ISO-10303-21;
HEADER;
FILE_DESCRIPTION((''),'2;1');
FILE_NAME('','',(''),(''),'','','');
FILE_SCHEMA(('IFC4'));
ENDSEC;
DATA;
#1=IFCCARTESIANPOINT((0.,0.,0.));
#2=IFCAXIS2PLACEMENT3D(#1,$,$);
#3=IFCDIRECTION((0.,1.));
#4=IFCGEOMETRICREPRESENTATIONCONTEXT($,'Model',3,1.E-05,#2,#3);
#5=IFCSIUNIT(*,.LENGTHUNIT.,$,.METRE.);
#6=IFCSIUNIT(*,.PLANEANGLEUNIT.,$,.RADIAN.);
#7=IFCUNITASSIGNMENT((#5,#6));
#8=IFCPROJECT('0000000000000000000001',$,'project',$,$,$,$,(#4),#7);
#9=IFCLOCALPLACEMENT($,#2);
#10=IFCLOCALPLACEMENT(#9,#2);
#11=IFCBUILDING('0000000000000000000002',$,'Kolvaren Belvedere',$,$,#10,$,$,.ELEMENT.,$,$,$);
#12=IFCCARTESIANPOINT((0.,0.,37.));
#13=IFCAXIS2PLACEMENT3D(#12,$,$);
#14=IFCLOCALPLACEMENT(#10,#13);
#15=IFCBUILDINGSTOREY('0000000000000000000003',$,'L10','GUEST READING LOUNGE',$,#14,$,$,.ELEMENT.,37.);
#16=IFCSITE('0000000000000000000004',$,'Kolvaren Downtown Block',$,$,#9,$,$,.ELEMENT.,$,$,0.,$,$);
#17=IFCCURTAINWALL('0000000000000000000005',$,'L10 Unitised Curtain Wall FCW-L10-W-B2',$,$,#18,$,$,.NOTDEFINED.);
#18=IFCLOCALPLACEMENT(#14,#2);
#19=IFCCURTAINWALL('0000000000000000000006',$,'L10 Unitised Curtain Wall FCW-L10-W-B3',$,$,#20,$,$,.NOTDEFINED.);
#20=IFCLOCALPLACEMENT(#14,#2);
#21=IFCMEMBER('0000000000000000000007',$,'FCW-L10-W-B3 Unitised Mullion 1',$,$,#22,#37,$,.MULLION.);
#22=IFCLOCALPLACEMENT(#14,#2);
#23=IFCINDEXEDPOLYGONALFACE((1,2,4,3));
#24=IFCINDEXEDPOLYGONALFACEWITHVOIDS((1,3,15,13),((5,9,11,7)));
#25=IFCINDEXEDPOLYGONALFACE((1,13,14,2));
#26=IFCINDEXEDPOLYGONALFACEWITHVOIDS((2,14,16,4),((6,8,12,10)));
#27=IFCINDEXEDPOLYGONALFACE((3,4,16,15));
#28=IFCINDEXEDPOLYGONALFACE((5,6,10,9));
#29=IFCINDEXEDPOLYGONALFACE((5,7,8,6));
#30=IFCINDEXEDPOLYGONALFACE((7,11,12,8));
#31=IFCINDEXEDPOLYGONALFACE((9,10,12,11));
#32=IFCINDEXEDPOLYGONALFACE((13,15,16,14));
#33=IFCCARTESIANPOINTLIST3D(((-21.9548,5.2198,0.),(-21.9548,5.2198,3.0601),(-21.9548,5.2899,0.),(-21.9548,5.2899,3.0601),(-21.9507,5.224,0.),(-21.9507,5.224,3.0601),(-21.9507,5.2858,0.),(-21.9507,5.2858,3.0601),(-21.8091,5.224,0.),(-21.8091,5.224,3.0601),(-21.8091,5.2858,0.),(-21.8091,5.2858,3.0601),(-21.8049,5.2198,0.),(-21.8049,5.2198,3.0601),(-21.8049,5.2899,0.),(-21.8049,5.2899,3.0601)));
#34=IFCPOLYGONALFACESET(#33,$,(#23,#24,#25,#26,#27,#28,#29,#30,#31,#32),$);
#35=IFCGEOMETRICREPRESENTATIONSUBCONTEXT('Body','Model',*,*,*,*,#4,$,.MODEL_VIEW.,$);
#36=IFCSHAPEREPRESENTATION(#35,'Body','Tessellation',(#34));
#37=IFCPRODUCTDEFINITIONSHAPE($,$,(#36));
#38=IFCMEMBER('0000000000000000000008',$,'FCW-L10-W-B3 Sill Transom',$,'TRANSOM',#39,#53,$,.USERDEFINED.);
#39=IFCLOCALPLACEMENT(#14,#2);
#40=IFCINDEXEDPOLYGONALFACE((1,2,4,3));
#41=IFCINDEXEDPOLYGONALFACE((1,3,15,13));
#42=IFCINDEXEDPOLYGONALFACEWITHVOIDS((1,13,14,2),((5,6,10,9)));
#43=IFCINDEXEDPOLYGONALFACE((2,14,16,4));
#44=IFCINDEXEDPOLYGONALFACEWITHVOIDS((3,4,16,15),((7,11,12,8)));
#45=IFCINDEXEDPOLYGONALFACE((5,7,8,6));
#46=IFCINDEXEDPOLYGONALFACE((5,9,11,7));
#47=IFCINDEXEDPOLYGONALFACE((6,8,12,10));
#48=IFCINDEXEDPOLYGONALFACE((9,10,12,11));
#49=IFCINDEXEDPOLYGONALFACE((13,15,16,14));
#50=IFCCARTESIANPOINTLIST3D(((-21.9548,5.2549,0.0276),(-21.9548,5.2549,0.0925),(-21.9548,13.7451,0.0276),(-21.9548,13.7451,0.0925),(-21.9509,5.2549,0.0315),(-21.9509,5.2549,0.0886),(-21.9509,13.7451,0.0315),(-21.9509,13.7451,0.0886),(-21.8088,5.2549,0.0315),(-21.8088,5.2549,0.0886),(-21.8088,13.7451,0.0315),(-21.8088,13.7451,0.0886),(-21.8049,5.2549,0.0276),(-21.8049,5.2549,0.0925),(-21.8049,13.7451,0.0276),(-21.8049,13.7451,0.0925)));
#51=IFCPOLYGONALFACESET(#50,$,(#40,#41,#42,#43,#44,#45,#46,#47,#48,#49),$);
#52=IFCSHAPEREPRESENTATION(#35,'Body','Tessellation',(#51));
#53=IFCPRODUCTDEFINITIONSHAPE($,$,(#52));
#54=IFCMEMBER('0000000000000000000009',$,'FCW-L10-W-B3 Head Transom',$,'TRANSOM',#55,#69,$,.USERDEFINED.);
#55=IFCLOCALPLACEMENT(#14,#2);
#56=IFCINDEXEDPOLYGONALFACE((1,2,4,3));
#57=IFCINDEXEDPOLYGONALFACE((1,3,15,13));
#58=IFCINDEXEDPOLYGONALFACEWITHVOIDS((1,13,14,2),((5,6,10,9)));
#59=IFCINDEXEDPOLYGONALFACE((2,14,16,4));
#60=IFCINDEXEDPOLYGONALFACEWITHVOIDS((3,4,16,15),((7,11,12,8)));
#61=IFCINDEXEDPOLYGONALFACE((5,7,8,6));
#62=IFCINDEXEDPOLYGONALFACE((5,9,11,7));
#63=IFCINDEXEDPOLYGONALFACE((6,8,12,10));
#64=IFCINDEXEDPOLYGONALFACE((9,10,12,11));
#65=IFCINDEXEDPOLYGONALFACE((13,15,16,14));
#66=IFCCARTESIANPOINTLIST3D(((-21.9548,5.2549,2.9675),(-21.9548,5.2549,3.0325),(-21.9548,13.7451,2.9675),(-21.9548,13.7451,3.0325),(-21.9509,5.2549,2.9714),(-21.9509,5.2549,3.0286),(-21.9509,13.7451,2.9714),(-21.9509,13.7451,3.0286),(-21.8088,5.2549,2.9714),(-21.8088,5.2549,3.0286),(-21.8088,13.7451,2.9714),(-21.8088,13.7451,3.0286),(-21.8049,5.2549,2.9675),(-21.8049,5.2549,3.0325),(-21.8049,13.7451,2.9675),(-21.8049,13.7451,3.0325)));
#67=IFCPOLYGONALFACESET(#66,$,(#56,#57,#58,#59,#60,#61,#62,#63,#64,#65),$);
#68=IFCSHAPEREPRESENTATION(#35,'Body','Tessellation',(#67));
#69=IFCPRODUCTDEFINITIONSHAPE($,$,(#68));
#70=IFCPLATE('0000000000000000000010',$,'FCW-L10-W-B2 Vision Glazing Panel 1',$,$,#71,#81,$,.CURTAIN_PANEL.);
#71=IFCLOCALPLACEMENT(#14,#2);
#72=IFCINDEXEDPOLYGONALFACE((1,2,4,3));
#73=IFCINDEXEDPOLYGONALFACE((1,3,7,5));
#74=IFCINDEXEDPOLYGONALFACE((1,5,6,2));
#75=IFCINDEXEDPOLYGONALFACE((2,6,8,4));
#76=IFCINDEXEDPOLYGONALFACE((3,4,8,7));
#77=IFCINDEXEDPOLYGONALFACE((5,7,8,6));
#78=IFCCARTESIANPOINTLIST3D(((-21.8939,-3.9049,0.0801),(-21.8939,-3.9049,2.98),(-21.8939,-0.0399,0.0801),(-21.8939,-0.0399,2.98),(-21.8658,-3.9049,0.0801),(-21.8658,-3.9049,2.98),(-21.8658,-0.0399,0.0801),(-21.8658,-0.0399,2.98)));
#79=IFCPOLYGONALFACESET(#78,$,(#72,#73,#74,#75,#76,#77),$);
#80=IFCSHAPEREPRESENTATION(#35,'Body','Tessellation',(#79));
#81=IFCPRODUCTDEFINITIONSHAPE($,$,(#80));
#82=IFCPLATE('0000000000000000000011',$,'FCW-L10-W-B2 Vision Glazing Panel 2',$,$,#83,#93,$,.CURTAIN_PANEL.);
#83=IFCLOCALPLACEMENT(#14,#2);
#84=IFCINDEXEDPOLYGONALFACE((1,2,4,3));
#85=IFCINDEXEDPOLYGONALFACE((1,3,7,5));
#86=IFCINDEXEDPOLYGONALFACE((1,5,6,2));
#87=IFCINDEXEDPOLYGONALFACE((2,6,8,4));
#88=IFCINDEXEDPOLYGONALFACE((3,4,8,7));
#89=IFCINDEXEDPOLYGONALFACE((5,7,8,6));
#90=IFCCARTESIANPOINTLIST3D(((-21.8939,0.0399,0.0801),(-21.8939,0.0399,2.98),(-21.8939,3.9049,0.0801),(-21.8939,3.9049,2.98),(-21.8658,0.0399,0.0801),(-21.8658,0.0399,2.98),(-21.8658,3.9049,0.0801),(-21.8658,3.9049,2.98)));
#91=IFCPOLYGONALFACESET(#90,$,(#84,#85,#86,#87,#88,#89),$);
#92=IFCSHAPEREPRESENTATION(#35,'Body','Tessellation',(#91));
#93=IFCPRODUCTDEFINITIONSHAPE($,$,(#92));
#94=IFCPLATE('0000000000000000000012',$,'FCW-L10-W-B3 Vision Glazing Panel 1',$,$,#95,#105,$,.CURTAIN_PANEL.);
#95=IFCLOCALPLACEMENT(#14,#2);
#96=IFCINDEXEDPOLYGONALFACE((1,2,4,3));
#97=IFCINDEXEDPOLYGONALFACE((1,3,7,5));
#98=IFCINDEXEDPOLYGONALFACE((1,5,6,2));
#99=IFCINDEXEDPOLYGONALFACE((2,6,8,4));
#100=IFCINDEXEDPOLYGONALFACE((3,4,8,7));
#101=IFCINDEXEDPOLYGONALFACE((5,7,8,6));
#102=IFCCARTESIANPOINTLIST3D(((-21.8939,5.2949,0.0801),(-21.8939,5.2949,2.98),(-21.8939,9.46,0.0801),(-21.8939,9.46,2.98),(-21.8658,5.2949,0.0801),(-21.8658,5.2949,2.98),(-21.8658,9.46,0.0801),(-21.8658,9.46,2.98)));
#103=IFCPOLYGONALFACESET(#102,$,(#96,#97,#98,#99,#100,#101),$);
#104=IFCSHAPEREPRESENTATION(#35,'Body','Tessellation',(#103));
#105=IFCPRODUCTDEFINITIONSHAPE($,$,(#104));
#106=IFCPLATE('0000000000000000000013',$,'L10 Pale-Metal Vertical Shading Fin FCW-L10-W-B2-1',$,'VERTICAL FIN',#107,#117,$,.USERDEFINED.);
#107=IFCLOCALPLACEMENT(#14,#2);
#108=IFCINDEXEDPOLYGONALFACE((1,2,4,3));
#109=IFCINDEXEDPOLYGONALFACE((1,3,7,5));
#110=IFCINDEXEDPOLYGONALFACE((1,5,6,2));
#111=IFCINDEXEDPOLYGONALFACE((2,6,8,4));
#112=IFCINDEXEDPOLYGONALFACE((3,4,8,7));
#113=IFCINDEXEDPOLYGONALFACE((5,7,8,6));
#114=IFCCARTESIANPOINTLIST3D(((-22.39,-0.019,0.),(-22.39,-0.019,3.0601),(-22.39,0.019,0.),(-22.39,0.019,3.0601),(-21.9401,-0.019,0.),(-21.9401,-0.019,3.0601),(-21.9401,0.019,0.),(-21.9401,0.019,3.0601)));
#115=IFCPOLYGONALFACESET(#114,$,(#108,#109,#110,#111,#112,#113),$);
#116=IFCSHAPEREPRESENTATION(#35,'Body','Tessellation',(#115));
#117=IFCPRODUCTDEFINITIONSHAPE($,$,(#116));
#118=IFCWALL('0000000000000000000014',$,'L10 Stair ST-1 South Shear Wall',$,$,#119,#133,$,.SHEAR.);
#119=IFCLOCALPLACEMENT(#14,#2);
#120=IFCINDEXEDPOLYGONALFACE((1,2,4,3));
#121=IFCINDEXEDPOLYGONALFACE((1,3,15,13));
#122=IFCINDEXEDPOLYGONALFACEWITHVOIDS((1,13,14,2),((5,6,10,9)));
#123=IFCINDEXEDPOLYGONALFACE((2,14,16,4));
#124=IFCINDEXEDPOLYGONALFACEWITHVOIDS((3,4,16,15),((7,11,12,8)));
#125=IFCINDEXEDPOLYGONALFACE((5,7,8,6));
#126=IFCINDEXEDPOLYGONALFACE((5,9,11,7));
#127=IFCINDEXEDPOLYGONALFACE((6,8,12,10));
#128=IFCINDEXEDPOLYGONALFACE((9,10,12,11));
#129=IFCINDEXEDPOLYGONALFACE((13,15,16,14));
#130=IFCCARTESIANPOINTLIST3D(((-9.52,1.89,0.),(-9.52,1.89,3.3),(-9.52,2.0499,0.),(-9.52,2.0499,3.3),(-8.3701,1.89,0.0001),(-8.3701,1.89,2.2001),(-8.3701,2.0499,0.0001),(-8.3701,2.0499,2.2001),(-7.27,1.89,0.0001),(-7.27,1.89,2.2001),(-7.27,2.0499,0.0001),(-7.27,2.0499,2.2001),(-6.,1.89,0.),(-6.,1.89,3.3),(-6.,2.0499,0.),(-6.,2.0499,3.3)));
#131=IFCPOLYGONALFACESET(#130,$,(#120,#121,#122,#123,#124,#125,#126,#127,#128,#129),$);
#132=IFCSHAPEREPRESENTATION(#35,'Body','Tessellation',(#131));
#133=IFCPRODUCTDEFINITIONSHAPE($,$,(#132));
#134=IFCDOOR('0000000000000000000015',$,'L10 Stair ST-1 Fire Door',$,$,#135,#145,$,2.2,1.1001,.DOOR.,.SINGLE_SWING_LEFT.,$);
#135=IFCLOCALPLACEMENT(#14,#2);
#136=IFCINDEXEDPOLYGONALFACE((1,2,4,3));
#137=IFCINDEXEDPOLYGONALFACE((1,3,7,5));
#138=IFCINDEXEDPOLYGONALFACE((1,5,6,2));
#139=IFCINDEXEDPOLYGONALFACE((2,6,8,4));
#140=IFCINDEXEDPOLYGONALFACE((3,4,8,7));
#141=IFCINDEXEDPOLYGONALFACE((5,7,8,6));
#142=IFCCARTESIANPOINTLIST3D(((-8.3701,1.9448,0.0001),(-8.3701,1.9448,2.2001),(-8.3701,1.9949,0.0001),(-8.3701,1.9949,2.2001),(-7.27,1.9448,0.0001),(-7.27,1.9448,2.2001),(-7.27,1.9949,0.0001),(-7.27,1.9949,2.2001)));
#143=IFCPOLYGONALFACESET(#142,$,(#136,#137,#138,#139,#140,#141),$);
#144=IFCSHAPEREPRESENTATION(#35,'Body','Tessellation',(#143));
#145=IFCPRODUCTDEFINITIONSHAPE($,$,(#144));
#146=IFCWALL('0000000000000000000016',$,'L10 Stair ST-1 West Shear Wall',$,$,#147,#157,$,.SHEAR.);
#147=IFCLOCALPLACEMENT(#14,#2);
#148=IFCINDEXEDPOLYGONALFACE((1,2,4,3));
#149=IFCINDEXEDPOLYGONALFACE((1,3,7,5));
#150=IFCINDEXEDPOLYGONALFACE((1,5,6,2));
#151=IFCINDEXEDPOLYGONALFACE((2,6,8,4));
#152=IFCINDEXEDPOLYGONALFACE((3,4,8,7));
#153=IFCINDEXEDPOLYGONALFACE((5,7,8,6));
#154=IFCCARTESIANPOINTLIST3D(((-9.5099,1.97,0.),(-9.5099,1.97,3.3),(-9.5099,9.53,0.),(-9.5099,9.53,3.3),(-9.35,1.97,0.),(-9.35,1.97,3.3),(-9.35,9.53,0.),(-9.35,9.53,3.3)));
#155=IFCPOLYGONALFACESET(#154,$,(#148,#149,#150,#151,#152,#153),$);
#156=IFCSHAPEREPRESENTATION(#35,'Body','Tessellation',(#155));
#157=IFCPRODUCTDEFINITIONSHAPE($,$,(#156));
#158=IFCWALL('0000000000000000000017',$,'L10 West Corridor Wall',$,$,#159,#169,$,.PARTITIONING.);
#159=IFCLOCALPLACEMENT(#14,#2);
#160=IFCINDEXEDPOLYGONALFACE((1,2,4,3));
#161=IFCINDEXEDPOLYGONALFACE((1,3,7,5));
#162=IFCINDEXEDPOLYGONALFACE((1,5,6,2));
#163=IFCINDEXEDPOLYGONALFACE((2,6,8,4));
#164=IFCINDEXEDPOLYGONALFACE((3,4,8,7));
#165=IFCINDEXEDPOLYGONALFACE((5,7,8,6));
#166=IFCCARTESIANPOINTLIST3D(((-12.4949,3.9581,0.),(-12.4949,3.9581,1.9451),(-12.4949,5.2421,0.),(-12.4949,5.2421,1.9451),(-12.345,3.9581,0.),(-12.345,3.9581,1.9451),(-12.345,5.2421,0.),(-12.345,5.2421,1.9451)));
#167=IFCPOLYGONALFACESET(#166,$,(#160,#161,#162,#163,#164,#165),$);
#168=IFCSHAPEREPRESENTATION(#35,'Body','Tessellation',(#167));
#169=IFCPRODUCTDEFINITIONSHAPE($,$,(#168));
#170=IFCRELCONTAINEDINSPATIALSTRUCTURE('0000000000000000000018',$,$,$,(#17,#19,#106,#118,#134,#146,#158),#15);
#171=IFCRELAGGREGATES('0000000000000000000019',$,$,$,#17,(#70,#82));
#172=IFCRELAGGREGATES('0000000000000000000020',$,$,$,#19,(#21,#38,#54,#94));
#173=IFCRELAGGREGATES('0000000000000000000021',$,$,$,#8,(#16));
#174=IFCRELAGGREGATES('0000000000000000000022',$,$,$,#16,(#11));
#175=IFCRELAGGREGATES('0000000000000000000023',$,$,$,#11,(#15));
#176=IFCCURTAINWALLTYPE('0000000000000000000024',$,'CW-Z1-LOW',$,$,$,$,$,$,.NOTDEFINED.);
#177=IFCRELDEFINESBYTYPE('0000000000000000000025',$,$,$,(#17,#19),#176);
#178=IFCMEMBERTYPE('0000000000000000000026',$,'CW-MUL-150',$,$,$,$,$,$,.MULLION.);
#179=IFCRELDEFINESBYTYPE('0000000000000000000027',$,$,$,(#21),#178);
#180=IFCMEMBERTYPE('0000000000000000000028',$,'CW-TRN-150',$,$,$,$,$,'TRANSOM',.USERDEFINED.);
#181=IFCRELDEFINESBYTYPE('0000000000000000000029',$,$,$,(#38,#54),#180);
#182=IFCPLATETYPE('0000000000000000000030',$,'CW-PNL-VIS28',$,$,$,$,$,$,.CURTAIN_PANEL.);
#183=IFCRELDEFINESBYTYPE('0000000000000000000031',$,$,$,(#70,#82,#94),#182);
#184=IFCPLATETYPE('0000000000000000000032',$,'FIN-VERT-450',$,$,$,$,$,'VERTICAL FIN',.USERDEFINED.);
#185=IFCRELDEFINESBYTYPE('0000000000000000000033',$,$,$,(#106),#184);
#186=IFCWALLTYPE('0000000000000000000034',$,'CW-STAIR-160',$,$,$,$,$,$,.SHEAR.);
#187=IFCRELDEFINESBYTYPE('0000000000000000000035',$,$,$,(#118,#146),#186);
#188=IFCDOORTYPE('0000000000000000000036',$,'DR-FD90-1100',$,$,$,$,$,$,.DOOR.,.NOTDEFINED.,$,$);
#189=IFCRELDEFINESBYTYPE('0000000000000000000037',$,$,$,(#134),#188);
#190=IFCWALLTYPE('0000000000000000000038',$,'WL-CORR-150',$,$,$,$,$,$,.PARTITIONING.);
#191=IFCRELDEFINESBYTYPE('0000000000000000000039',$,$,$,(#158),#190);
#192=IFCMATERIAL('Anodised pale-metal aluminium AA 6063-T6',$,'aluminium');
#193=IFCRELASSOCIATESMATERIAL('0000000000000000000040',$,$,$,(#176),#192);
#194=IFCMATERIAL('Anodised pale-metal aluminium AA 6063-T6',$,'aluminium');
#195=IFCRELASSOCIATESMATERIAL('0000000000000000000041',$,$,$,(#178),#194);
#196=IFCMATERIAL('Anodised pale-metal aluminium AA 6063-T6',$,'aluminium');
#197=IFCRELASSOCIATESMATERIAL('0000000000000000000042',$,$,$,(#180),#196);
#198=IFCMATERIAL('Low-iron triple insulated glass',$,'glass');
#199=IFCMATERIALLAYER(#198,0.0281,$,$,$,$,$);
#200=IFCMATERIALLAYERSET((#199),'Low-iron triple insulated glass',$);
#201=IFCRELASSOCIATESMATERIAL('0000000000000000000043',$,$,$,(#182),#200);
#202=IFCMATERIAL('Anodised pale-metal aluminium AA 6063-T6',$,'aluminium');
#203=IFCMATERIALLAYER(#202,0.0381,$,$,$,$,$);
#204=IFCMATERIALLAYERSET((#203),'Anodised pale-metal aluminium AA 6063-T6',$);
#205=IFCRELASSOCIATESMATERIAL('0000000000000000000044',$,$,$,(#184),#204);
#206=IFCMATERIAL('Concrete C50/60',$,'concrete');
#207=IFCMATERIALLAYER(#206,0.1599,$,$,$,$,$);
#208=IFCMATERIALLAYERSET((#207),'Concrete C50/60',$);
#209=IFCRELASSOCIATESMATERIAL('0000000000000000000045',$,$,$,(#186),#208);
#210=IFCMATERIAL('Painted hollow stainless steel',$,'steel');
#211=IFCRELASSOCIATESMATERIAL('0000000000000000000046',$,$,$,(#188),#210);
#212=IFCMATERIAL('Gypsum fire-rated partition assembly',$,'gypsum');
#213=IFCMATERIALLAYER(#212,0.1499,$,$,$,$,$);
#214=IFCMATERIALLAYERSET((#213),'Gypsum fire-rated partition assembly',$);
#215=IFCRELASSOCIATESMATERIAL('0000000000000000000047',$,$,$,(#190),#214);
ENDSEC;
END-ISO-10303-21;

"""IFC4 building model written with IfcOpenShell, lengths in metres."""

from ifc_helpers import new_model, si_unit, direction, frame, frame_2d, origin, origin_2d, place, context, subcontext, project, spatial, rectangle, hollow_rectangle, extrude, material, layer, layer_set, material_profile, profile_set, type_object, element, fill, aggregate, save


model = new_model("IFC4")

# Units and contexts
model_context = context("Model", 3, precision=1e-05, world=origin(), true_north=direction((0.0, 1.0)))
body_context = subcontext(model_context, "Body", "Model", "MODEL_VIEW")
ifc_project = project(units=[si_unit("LENGTHUNIT", "METRE"), si_unit("PLANEANGLEUNIT", "RADIAN")], contexts=[model_context])

# Site, building, storey
site_placement = place(None, origin())
site = spatial("IfcSite", under=ifc_project, at=site_placement, Name="Kolvaren Downtown Block", CompositionType="ELEMENT", RefElevation=0.0)
building_placement = place(site_placement, origin())
building = spatial("IfcBuilding", under=site, at=building_placement, Name="Kolvaren Belvedere", CompositionType="ELEMENT")
storey_placement = place(building_placement, frame((0.0, 0.0, 37.0)))
storey = spatial("IfcBuildingStorey", under=building, at=storey_placement, Name="L10", Description="GUEST READING LOUNGE", CompositionType="ELEMENT", Elevation=37.0)

# Curtain walls, members
ifc_material_1 = material(Name="Anodised pale-metal aluminium AA 6063-T6", Category="aluminium")
curtain_wall_type = type_object("IfcCurtainWallType", Name="CW-Z1-LOW", PredefinedType="NOTDEFINED", material=ifc_material_1)
curtain_wall_1_placement = place(storey_placement, origin())
curtain_wall_1 = element("IfcCurtainWall", 1, at=curtain_wall_1_placement, inside=storey, type_object=curtain_wall_type, Name="L10 Unitised Curtain Wall FCW-L10-W-B2", PredefinedType="NOTDEFINED")
ifc_material_2 = material(Name="Anodised pale-metal aluminium AA 6063-T6", Category="aluminium")
ifc_material_profile_1 = material_profile(ifc_material_2, hollow_rectangle(XDim=0.0701, YDim=0.1499, WallThickness=0.0042, at=origin_2d()), Name="ALU-MUL-150X70")
ifc_profile_set_1 = profile_set([ifc_material_profile_1], Name="Anodised pale-metal aluminium AA 6063-T6")
member_type_1 = type_object("IfcMemberType", Name="CW-MUL-150", PredefinedType="MULLION", material=ifc_profile_set_1)
curtain_wall_2_placement = place(storey_placement, origin())
curtain_wall_2 = element("IfcCurtainWall", 2, at=curtain_wall_2_placement, inside=storey, type_object=curtain_wall_type, Name="L10 Unitised Curtain Wall FCW-L10-W-B3", PredefinedType="NOTDEFINED")
member_1_placement = place(storey_placement, frame((-21.8799, 5.2549, 0.0), z_axis=(0.0, 0.0, 1.0), x_axis=(0.0, 1.0, 0.0)))
member_1 = element("IfcMember", 3, at=member_1_placement, type_object=member_type_1, Name="FCW-L10-W-B3 Unitised Mullion 1", PredefinedType="MULLION", context=body_context, shape_type="SweptSolid", body=[
    extrude(hollow_rectangle(XDim=0.0701, YDim=0.1499, WallThickness=0.0042, at=origin_2d()), origin(), (0.0, 0.0, 1.0), 3.0601),
])
ifc_material_3 = material(Name="Anodised pale-metal aluminium AA 6063-T6", Category="aluminium")
ifc_material_profile_2 = material_profile(ifc_material_3, hollow_rectangle(XDim=0.0649, YDim=0.1499, WallThickness=0.0039, at=origin_2d()), Name="ALU-TRN-150X65")
ifc_profile_set_2 = profile_set([ifc_material_profile_2], Name="Anodised pale-metal aluminium AA 6063-T6")
member_type_2 = type_object("IfcMemberType", Name="CW-TRN-150", ElementType="TRANSOM", PredefinedType="USERDEFINED", material=ifc_profile_set_2)
member_2_placement = place(storey_placement, frame((-21.8799, 5.2549, 0.0601), z_axis=(0.0, 1.0, 0.0), x_axis=(0.0, 0.0, 1.0)))
member_2 = element("IfcMember", 4, at=member_2_placement, type_object=member_type_2, Name="FCW-L10-W-B3 Sill Transom", ObjectType="TRANSOM", PredefinedType="USERDEFINED", context=body_context, shape_type="SweptSolid", body=[
    extrude(hollow_rectangle(XDim=0.0649, YDim=0.1499, WallThickness=0.0039, at=origin_2d()), origin(), (0.0, 0.0, 1.0), 8.4902),
])
member_3_placement = place(storey_placement, frame((-21.8799, 5.2549, 3.0), z_axis=(0.0, 1.0, 0.0), x_axis=(0.0, 0.0, 1.0)))
member_3 = element("IfcMember", 5, at=member_3_placement, type_object=member_type_2, Name="FCW-L10-W-B3 Head Transom", ObjectType="TRANSOM", PredefinedType="USERDEFINED", context=body_context, shape_type="SweptSolid", body=[
    extrude(hollow_rectangle(XDim=0.0649, YDim=0.1499, WallThickness=0.0039, at=origin_2d()), origin(), (0.0, 0.0, 1.0), 8.4902),
])

# Plates
ifc_material_4 = material(Name="Low-iron triple insulated glass", Category="glass")
ifc_layer_1 = layer(ifc_material_4, 0.0281)
ifc_layer_set_1 = layer_set([ifc_layer_1], Name="Low-iron triple insulated glass")
plate_type_1 = type_object("IfcPlateType", Name="CW-PNL-VIS28", PredefinedType="CURTAIN_PANEL", material=ifc_layer_set_1)
plate_1_placement = place(storey_placement, frame((-21.8799, -1.9724, 0.0801), z_axis=(0.0, 0.0, 1.0), x_axis=(0.0, 1.0, 0.0)))
plate_1 = element("IfcPlate", 6, at=plate_1_placement, type_object=plate_type_1, Name="FCW-L10-W-B2 Vision Glazing Panel 1", PredefinedType="CURTAIN_PANEL", context=body_context, shape_type="SweptSolid", body=[
    extrude(rectangle(XDim=3.865, YDim=0.0281, at=origin_2d()), origin(), (0.0, 0.0, 1.0), 2.8999),
])
plate_2_placement = place(storey_placement, frame((-21.8799, 1.9724, 0.0801), z_axis=(0.0, 0.0, 1.0), x_axis=(0.0, 1.0, 0.0)))
plate_2 = element("IfcPlate", 7, at=plate_2_placement, type_object=plate_type_1, Name="FCW-L10-W-B2 Vision Glazing Panel 2", PredefinedType="CURTAIN_PANEL", context=body_context, shape_type="SweptSolid", body=[
    extrude(rectangle(XDim=3.865, YDim=0.0281, at=origin_2d()), origin(), (0.0, 0.0, 1.0), 2.8999),
])
aggregate(curtain_wall_1, [plate_1, plate_2])
plate_3_placement = place(storey_placement, frame((-21.8799, 7.3774, 0.0801), z_axis=(0.0, 0.0, 1.0), x_axis=(0.0, 1.0, 0.0)))
plate_3 = element("IfcPlate", 8, at=plate_3_placement, type_object=plate_type_1, Name="FCW-L10-W-B3 Vision Glazing Panel 1", PredefinedType="CURTAIN_PANEL", context=body_context, shape_type="SweptSolid", body=[
    extrude(rectangle(XDim=4.165, YDim=0.0281, at=origin_2d()), origin(), (0.0, 0.0, 1.0), 2.8999),
])
aggregate(curtain_wall_2, [member_1, member_2, member_3, plate_3])
ifc_material_5 = material(Name="Anodised pale-metal aluminium AA 6063-T6", Category="aluminium")
ifc_layer_2 = layer(ifc_material_5, 0.0381)
ifc_layer_set_2 = layer_set([ifc_layer_2], Name="Anodised pale-metal aluminium AA 6063-T6")
plate_type_2 = type_object("IfcPlateType", Name="FIN-VERT-450", ElementType="VERTICAL FIN", PredefinedType="USERDEFINED", material=ifc_layer_set_2)
plate_4_placement = place(storey_placement, frame((-22.165, 0.0, 0.0), z_axis=(0.0, 0.0, 1.0), x_axis=(1.0, 0.0, 0.0)))
element("IfcPlate", 9, at=plate_4_placement, inside=storey, type_object=plate_type_2, Name="L10 Pale-Metal Vertical Shading Fin FCW-L10-W-B2-1", ObjectType="VERTICAL FIN", PredefinedType="USERDEFINED", context=body_context, shape_type="SweptSolid", body=[
    extrude(rectangle(XDim=0.45, YDim=0.0381, at=origin_2d()), origin(), (0.0, 0.0, 1.0), 3.0601),
])

# Wall, opening, door
ifc_material_6 = material(Name="Concrete C50/60", Category="concrete")
ifc_layer_3 = layer(ifc_material_6, 0.1599)
ifc_layer_set_3 = layer_set([ifc_layer_3], Name="Concrete C50/60")
wall_type_1 = type_object("IfcWallType", Name="CW-STAIR-160", PredefinedType="SHEAR", material=ifc_layer_set_3)
wall_1_placement = place(storey_placement, frame((-9.52, 1.97, 0.0), z_axis=(0.0, 0.0, 1.0), x_axis=(1.0, 0.0, 0.0)))
wall_1 = element("IfcWall", 10, at=wall_1_placement, inside=storey, type_object=wall_type_1, Name="L10 Stair ST-1 South Shear Wall", PredefinedType="SHEAR", context=body_context, shape_type="SweptSolid", body=[
    extrude(rectangle(XDim=3.52, YDim=0.1599, at=frame_2d((1.76, 0.0))), origin(), (0.0, 0.0, 1.0), 3.3),
])
opening_1_placement = place(wall_1_placement, frame((1.1499, 0.0, 0.0)))
opening_1 = element("IfcOpeningElement", 11, at=opening_1_placement, cuts=wall_1, PredefinedType="OPENING", context=body_context, shape_type="SweptSolid", body=[
    extrude(rectangle(XDim=1.1001, YDim=2.2, at=frame_2d((0.55, 1.1001))), frame((0.0, 0.0898, 0.0), z_axis=(0.0, -1.0, 0.0), x_axis=(1.0, 0.0, 0.0)), (0.0, 0.0, 1.0), 0.1799),
])
ifc_material_7 = material(Name="Painted hollow stainless steel", Category="steel")
door_type_1 = type_object("IfcDoorType", Name="DR-FD90-1100", OperationType="NOTDEFINED", PredefinedType="DOOR", material=ifc_material_7)
door_1_placement = place(opening_1_placement, origin())
door_1 = element("IfcDoor", 12, at=door_1_placement, inside=storey, type_object=door_type_1, Name="L10 Stair ST-1 Fire Door", OperationType="SINGLE_SWING_LEFT", OverallHeight=2.2, OverallWidth=1.1001, PredefinedType="DOOR", context=body_context, shape_type="SweptSolid", body=[
    extrude(rectangle(XDim=1.1001, YDim=2.2, at=frame_2d((0.55, 1.1001))), frame((0.0, 0.0249, 0.0), z_axis=(0.0, -1.0, 0.0), x_axis=(1.0, 0.0, 0.0)), (0.0, 0.0, 1.0), 0.05),
])
fill(opening_1, door_1)

# Walls
wall_2_placement = place(storey_placement, frame((-9.4299, 1.97, 0.0), z_axis=(0.0, 0.0, 1.0), x_axis=(0.0, 1.0, 0.0)))
element("IfcWall", 13, at=wall_2_placement, inside=storey, type_object=wall_type_1, Name="L10 Stair ST-1 West Shear Wall", PredefinedType="SHEAR", context=body_context, shape_type="SweptSolid", body=[
    extrude(rectangle(XDim=7.5601, YDim=0.1599, at=frame_2d((3.78, 0.0))), origin(), (0.0, 0.0, 1.0), 3.3),
])
ifc_material_8 = material(Name="Gypsum fire-rated partition assembly", Category="gypsum")
ifc_layer_4 = layer(ifc_material_8, 0.1499)
ifc_layer_set_4 = layer_set([ifc_layer_4], Name="Gypsum fire-rated partition assembly")
wall_type_2 = type_object("IfcWallType", Name="WL-CORR-150", PredefinedType="PARTITIONING", material=ifc_layer_set_4)
wall_3_placement = place(storey_placement, frame((-12.4199, 3.958, 0.0), z_axis=(0.0, 0.0, 1.0), x_axis=(0.0, 1.0, 0.0)))
element("IfcWall", 14, at=wall_3_placement, inside=storey, type_object=wall_type_2, Name="L10 West Corridor Wall", PredefinedType="PARTITIONING", context=body_context, shape_type="SweptSolid", body=[
    extrude(rectangle(XDim=1.2839, YDim=0.1499, at=frame_2d((0.6421, 0.0))), origin(), (0.0, 0.0, 1.0), 1.9451),
])

save(model, "model.ifc")
